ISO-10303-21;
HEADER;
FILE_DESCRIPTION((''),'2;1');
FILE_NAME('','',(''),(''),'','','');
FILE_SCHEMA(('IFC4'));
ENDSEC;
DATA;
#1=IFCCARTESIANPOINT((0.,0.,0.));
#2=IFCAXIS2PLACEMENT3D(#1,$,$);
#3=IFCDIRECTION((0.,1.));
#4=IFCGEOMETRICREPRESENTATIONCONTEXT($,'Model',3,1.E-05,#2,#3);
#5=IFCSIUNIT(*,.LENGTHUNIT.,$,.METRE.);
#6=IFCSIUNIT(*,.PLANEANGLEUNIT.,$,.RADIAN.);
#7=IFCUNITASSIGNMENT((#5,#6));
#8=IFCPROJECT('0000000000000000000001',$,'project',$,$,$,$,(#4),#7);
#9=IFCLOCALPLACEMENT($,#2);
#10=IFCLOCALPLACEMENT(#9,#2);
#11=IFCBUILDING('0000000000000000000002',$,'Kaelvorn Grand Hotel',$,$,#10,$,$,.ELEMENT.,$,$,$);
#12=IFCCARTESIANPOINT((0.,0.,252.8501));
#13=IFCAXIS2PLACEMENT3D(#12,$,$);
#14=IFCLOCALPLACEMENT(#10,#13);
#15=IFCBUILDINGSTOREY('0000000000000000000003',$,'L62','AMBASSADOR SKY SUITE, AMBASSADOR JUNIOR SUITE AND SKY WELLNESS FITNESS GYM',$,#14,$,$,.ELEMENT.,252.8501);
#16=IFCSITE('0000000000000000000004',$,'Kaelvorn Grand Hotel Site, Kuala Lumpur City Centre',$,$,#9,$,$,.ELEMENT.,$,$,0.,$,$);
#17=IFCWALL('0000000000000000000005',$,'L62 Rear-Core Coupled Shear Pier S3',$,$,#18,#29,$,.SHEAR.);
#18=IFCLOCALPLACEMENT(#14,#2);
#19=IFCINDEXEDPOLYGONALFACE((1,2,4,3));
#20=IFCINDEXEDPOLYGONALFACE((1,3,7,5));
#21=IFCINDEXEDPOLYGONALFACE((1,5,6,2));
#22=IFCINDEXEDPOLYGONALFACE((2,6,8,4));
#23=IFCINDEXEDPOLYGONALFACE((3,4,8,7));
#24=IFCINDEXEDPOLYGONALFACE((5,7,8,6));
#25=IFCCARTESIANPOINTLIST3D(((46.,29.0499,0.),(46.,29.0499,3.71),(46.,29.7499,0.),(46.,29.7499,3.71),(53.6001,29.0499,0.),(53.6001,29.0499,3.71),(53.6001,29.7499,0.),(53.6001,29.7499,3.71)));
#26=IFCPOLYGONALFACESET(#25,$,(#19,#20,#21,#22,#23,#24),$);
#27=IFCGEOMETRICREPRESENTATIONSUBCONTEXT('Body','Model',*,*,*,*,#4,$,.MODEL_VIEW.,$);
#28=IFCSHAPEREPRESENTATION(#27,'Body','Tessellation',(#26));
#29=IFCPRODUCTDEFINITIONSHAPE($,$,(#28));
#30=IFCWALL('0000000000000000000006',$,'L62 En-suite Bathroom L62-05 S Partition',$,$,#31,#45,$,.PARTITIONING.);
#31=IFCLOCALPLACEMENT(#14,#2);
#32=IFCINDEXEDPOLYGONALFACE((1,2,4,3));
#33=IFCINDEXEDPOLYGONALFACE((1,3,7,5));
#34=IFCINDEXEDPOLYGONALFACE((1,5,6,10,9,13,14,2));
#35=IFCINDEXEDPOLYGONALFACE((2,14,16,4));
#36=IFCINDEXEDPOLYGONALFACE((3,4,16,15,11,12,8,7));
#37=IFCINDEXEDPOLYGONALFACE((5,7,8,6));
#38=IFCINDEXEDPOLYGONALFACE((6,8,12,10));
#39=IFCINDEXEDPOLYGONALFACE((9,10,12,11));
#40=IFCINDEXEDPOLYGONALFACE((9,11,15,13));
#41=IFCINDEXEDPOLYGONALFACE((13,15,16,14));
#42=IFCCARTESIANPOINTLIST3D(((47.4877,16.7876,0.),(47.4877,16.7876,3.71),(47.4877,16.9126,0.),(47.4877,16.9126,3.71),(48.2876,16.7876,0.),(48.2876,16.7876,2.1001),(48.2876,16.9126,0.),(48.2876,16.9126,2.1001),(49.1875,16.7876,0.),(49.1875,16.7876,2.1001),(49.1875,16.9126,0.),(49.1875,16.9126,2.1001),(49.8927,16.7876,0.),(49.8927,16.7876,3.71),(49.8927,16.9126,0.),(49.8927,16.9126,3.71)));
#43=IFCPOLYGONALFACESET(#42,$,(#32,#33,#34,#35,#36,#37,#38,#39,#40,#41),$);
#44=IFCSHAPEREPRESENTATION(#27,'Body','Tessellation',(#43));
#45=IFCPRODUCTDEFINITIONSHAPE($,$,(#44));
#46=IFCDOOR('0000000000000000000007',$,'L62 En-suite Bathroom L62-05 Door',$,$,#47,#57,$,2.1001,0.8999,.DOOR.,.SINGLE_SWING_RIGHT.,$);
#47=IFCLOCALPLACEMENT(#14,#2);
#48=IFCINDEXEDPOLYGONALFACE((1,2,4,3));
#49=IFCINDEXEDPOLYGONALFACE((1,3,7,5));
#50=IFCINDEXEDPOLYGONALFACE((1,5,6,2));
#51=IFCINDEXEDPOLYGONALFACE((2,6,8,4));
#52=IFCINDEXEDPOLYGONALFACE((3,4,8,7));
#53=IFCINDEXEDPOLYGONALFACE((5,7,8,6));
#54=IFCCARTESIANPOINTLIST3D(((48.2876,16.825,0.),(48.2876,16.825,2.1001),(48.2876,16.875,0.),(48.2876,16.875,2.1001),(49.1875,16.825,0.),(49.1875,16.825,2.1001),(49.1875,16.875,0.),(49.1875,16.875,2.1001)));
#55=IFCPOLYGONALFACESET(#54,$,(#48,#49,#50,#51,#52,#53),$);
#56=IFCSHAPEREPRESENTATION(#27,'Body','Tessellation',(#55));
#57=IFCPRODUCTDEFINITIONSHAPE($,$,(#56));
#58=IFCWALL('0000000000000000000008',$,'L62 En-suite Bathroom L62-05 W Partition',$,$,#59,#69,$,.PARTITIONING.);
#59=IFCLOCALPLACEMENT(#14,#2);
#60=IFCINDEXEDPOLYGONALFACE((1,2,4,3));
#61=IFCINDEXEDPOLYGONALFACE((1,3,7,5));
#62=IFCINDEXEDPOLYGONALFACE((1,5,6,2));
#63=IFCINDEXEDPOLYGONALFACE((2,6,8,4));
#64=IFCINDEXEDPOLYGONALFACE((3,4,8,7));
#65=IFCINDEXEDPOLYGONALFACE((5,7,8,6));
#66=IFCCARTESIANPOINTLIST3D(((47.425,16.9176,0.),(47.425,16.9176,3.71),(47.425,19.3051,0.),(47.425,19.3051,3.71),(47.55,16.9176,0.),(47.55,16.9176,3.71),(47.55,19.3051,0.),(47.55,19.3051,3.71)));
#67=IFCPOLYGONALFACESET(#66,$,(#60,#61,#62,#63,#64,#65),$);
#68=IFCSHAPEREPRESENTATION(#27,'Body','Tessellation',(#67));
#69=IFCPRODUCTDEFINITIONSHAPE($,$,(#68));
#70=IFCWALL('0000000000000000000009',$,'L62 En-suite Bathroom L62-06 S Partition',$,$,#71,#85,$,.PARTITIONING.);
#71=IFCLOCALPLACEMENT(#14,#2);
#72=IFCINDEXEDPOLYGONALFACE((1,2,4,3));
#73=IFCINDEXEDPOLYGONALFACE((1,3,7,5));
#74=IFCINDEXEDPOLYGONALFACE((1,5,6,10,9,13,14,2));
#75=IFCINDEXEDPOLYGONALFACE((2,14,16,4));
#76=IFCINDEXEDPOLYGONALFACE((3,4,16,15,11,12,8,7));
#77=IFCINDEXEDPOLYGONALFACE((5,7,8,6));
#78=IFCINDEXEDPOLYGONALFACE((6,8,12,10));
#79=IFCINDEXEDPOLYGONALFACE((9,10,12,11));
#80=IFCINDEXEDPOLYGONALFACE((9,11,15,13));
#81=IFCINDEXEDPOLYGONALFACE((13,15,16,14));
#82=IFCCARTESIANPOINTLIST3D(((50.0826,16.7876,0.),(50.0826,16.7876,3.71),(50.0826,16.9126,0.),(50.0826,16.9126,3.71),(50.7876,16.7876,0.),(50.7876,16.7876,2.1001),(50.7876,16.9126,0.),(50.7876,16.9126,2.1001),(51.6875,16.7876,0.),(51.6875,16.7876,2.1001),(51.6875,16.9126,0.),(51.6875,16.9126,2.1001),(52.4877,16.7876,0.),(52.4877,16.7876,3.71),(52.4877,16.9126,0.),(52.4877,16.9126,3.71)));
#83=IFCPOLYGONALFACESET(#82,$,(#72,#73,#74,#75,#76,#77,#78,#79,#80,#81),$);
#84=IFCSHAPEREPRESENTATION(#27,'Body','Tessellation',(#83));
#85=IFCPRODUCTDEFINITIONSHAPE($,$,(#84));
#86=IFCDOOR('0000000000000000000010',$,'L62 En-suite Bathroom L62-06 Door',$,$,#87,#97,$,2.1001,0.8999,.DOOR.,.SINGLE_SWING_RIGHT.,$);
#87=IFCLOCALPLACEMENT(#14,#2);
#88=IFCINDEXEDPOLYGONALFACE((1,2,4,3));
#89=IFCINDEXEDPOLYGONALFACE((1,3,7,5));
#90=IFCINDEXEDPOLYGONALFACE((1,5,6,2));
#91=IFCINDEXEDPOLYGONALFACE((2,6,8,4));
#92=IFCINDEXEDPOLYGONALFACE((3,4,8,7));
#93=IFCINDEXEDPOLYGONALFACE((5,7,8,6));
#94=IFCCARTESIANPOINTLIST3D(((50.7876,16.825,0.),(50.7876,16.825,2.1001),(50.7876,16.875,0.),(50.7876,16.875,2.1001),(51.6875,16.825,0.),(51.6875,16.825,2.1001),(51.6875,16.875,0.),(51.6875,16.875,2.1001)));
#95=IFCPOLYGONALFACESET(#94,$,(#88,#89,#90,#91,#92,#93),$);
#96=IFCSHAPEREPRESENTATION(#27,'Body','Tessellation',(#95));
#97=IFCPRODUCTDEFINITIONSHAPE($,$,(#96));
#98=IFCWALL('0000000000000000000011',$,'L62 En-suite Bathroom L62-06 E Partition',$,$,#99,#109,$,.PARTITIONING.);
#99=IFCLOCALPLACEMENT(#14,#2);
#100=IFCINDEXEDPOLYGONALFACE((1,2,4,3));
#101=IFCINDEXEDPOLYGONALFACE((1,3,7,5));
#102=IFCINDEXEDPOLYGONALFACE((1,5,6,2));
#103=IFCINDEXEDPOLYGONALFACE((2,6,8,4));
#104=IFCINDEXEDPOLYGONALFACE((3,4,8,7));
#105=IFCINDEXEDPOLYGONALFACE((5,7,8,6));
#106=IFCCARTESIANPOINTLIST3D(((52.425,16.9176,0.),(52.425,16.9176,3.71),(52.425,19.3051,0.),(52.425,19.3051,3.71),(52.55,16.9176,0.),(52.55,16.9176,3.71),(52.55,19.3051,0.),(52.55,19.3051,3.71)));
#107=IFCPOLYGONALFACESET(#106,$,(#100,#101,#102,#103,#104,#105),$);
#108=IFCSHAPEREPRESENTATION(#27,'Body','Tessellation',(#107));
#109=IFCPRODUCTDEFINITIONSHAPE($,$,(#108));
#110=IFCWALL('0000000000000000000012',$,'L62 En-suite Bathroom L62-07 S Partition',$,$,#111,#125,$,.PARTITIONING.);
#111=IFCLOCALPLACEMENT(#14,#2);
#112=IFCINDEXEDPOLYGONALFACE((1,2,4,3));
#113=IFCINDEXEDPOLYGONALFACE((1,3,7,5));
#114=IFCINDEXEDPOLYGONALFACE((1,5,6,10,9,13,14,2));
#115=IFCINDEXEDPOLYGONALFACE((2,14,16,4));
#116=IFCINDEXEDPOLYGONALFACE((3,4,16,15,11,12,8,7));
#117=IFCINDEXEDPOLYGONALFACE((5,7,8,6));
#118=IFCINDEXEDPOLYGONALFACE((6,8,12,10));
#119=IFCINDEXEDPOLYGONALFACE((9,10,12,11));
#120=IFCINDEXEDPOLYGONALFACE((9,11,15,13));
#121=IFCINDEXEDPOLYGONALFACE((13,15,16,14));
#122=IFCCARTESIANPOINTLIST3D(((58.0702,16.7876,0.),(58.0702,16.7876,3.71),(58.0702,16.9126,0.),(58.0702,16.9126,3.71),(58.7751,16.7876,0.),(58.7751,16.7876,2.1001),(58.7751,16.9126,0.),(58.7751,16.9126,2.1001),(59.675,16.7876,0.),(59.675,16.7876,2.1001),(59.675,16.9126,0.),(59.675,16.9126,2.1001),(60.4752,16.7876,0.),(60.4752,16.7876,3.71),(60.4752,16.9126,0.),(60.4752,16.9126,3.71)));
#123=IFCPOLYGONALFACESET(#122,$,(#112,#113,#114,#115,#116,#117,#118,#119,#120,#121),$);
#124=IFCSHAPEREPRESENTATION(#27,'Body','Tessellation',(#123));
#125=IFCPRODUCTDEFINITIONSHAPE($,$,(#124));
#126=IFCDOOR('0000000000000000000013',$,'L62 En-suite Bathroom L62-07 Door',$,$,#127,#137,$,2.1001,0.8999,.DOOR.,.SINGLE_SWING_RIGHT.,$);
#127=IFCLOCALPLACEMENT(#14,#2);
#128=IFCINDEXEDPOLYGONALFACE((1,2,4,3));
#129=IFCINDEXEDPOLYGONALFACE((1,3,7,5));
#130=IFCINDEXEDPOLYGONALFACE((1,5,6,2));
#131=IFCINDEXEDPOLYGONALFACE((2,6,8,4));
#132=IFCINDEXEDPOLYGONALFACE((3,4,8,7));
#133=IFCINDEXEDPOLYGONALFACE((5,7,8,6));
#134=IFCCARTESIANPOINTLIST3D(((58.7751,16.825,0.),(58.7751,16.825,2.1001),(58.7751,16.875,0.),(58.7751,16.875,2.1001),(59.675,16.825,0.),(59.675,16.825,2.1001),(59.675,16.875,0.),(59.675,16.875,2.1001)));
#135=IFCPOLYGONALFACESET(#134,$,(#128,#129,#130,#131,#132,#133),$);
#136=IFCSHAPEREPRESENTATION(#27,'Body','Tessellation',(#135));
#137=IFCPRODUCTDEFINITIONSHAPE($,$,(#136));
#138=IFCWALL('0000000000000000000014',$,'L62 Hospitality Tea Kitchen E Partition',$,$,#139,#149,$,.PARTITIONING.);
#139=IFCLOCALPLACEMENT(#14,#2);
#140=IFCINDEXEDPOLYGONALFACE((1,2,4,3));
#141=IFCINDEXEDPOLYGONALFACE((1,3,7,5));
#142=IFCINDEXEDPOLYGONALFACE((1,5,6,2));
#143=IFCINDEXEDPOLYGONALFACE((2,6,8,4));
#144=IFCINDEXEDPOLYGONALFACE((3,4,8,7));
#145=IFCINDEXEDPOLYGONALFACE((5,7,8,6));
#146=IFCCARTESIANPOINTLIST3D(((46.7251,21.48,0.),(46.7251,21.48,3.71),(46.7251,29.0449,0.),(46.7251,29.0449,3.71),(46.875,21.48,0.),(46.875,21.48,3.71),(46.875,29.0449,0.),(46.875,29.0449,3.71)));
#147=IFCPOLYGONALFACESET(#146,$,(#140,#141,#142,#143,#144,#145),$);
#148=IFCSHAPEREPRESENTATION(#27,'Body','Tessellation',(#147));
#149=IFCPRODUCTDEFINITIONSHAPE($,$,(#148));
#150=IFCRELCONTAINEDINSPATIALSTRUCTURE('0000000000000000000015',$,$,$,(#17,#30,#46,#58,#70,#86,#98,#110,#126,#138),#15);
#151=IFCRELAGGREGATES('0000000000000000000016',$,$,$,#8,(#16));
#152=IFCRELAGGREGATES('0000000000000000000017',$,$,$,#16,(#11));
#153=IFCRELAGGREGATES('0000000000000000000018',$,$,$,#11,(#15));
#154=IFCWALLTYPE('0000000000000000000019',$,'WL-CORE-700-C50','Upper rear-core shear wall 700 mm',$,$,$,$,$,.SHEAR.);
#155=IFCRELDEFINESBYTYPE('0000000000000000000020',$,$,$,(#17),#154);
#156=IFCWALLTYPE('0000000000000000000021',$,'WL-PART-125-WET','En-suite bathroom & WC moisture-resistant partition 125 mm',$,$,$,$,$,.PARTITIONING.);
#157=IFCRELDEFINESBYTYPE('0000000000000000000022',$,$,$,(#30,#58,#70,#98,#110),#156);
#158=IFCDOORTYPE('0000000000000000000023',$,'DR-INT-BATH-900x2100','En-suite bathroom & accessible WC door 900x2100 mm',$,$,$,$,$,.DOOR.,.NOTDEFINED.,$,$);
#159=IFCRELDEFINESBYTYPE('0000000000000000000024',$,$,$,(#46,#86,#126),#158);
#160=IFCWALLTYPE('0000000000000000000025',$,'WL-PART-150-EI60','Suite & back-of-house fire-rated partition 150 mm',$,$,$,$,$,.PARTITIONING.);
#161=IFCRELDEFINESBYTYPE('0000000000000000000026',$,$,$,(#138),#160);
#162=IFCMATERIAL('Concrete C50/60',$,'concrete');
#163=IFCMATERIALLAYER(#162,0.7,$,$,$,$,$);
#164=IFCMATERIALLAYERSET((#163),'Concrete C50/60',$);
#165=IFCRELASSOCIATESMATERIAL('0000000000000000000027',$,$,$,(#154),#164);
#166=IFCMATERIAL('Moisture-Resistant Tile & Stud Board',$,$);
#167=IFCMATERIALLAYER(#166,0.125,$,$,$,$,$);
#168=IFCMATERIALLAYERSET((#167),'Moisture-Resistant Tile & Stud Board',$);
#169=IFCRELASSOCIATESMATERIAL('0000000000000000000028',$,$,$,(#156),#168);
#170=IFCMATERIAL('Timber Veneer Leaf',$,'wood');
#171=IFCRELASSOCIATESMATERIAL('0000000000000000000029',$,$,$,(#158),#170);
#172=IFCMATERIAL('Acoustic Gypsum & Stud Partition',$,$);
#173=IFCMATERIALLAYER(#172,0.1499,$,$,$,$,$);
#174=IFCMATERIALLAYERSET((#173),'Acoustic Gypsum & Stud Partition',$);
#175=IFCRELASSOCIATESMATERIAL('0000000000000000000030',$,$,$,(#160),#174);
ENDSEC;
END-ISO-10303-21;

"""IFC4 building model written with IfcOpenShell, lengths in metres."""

from ifc_helpers import new_model, si_unit, direction, frame, frame_2d, origin, place, context, subcontext, project, spatial, rectangle, extrude, material, layer, layer_set, type_object, element, fill, save


model = new_model("IFC4")

# Units and contexts
model_context = context("Model", 3, precision=1e-05, world=origin(), true_north=direction((0.0, 1.0)))
body_context = subcontext(model_context, "Body", "Model", "MODEL_VIEW")
ifc_project = project(units=[si_unit("LENGTHUNIT", "METRE"), si_unit("PLANEANGLEUNIT", "RADIAN")], contexts=[model_context])

# Site, building, storey
site_placement = place(None, origin())
site = spatial("IfcSite", under=ifc_project, at=site_placement, Name="Kaelvorn Grand Hotel Site, Kuala Lumpur City Centre", CompositionType="ELEMENT", RefElevation=0.0)
building_placement = place(site_placement, origin())
building = spatial("IfcBuilding", under=site, at=building_placement, Name="Kaelvorn Grand Hotel", CompositionType="ELEMENT")
storey_placement = place(building_placement, frame((0.0, 0.0, 252.8501)))
storey = spatial("IfcBuildingStorey", under=building, at=storey_placement, Name="L62", Description="AMBASSADOR SKY SUITE, AMBASSADOR JUNIOR SUITE AND SKY WELLNESS FITNESS GYM", CompositionType="ELEMENT", Elevation=252.8501)

# Shared definitions
ifc_material_1 = material(Name="Concrete C50/60", Category="concrete")

# Wall
ifc_layer_1 = layer(ifc_material_1, 0.7)
ifc_layer_set_1 = layer_set([ifc_layer_1], Name="Concrete C50/60")
wall_type_1 = type_object("IfcWallType", Name="WL-CORE-700-C50", Description="Upper rear-core shear wall 700 mm", PredefinedType="SHEAR", material=ifc_layer_set_1)
wall_1_placement = place(storey_placement, frame((46.0, 29.3999, 0.0), z_axis=(0.0, 0.0, 1.0), x_axis=(1.0, 0.0, 0.0)))
element("IfcWall", 1, at=wall_1_placement, inside=storey, type_object=wall_type_1, Name="L62 Rear-Core Coupled Shear Pier S3", PredefinedType="SHEAR", context=body_context, shape_type="SweptSolid", body=[
    extrude(rectangle(XDim=7.6001, YDim=0.7, at=frame_2d((3.8, 0.0))), origin(), (0.0, 0.0, 1.0), 3.71),
])

# Wall, opening, door
ifc_material_2 = material(Name="Moisture-Resistant Tile & Stud Board")
ifc_layer_2 = layer(ifc_material_2, 0.125)
ifc_layer_set_2 = layer_set([ifc_layer_2], Name="Moisture-Resistant Tile & Stud Board")
wall_type_2 = type_object("IfcWallType", Name="WL-PART-125-WET", Description="En-suite bathroom & WC moisture-resistant partition 125 mm", PredefinedType="PARTITIONING", material=ifc_layer_set_2)
wall_2_placement = place(storey_placement, frame((47.4875, 16.8501, 0.0), z_axis=(0.0, 0.0, 1.0), x_axis=(1.0, 0.0, 0.0)))
wall_2 = element("IfcWall", 2, at=wall_2_placement, inside=storey, type_object=wall_type_2, Name="L62 En-suite Bathroom L62-05 S Partition", PredefinedType="PARTITIONING", context=body_context, shape_type="SweptSolid", body=[
    extrude(rectangle(XDim=2.405, YDim=0.125, at=frame_2d((1.2026, 0.0))), origin(), (0.0, 0.0, 1.0), 3.71),
])
opening_1_placement = place(wall_2_placement, frame((0.8, 0.0, 0.0)))
opening_1 = element("IfcOpeningElement", 3, at=opening_1_placement, cuts=wall_2, PredefinedType="OPENING", context=body_context, shape_type="SweptSolid", body=[
    extrude(rectangle(XDim=0.8999, YDim=2.1001, at=frame_2d((0.45, 1.05))), frame((0.0, 0.0725, 0.0), z_axis=(0.0, -1.0, 0.0), x_axis=(1.0, 0.0, 0.0)), (0.0, 0.0, 1.0), 0.145),
])
ifc_material_3 = material(Name="Timber Veneer Leaf", Category="wood")
door_type_1 = type_object("IfcDoorType", Name="DR-INT-BATH-900x2100", Description="En-suite bathroom & accessible WC door 900x2100 mm", OperationType="NOTDEFINED", PredefinedType="DOOR", material=ifc_material_3)
door_1_placement = place(opening_1_placement, origin())
door_1 = element("IfcDoor", 4, at=door_1_placement, inside=storey, type_object=door_type_1, Name="L62 En-suite Bathroom L62-05 Door", OperationType="SINGLE_SWING_RIGHT", OverallHeight=2.1001, OverallWidth=0.8999, PredefinedType="DOOR", context=body_context, shape_type="SweptSolid", body=[
    extrude(rectangle(XDim=0.8999, YDim=2.1001, at=frame_2d((0.45, 1.05))), frame((0.0, 0.0249, 0.0), z_axis=(0.0, -1.0, 0.0), x_axis=(1.0, 0.0, 0.0)), (0.0, 0.0, 1.0), 0.05),
])
fill(opening_1, door_1)

# Wall
wall_3_placement = place(storey_placement, frame((47.4875, 16.9175, 0.0), z_axis=(0.0, 0.0, 1.0), x_axis=(0.0, 1.0, 0.0)))
element("IfcWall", 5, at=wall_3_placement, inside=storey, type_object=wall_type_2, Name="L62 En-suite Bathroom L62-05 W Partition", PredefinedType="PARTITIONING", context=body_context, shape_type="SweptSolid", body=[
    extrude(rectangle(XDim=2.3875, YDim=0.125, at=frame_2d((1.1938, 0.0))), origin(), (0.0, 0.0, 1.0), 3.71),
])

# Wall, opening, door
wall_4_placement = place(storey_placement, frame((50.0825, 16.8501, 0.0), z_axis=(0.0, 0.0, 1.0), x_axis=(1.0, 0.0, 0.0)))
wall_4 = element("IfcWall", 6, at=wall_4_placement, inside=storey, type_object=wall_type_2, Name="L62 En-suite Bathroom L62-06 S Partition", PredefinedType="PARTITIONING", context=body_context, shape_type="SweptSolid", body=[
    extrude(rectangle(XDim=2.405, YDim=0.125, at=frame_2d((1.2026, 0.0))), origin(), (0.0, 0.0, 1.0), 3.71),
])
opening_2_placement = place(wall_4_placement, frame((0.7051, 0.0, 0.0)))
opening_2 = element("IfcOpeningElement", 7, at=opening_2_placement, cuts=wall_4, PredefinedType="OPENING", context=body_context, shape_type="SweptSolid", body=[
    extrude(rectangle(XDim=0.8999, YDim=2.1001, at=frame_2d((0.45, 1.05))), frame((0.0, 0.0725, 0.0), z_axis=(0.0, -1.0, 0.0), x_axis=(1.0, 0.0, 0.0)), (0.0, 0.0, 1.0), 0.145),
])
door_2_placement = place(opening_2_placement, origin())
door_2 = element("IfcDoor", 8, at=door_2_placement, inside=storey, type_object=door_type_1, Name="L62 En-suite Bathroom L62-06 Door", OperationType="SINGLE_SWING_RIGHT", OverallHeight=2.1001, OverallWidth=0.8999, PredefinedType="DOOR", context=body_context, shape_type="SweptSolid", body=[
    extrude(rectangle(XDim=0.8999, YDim=2.1001, at=frame_2d((0.45, 1.05))), frame((0.0, 0.0249, 0.0), z_axis=(0.0, -1.0, 0.0), x_axis=(1.0, 0.0, 0.0)), (0.0, 0.0, 1.0), 0.05),
])
fill(opening_2, door_2)

# Wall
wall_5_placement = place(storey_placement, frame((52.4875, 16.9175, 0.0), z_axis=(0.0, 0.0, 1.0), x_axis=(0.0, 1.0, 0.0)))
element("IfcWall", 9, at=wall_5_placement, inside=storey, type_object=wall_type_2, Name="L62 En-suite Bathroom L62-06 E Partition", PredefinedType="PARTITIONING", context=body_context, shape_type="SweptSolid", body=[
    extrude(rectangle(XDim=2.3875, YDim=0.125, at=frame_2d((1.1938, 0.0))), origin(), (0.0, 0.0, 1.0), 3.71),
])

# Wall, opening, door
wall_6_placement = place(storey_placement, frame((58.0701, 16.8501, 0.0), z_axis=(0.0, 0.0, 1.0), x_axis=(1.0, 0.0, 0.0)))
wall_6 = element("IfcWall", 10, at=wall_6_placement, inside=storey, type_object=wall_type_2, Name="L62 En-suite Bathroom L62-07 S Partition", PredefinedType="PARTITIONING", context=body_context, shape_type="SweptSolid", body=[
    extrude(rectangle(XDim=2.405, YDim=0.125, at=frame_2d((1.2026, 0.0))), origin(), (0.0, 0.0, 1.0), 3.71),
])
opening_3_placement = place(wall_6_placement, frame((0.7051, 0.0, 0.0)))
opening_3 = element("IfcOpeningElement", 11, at=opening_3_placement, cuts=wall_6, PredefinedType="OPENING", context=body_context, shape_type="SweptSolid", body=[
    extrude(rectangle(XDim=0.8999, YDim=2.1001, at=frame_2d((0.45, 1.05))), frame((0.0, 0.0725, 0.0), z_axis=(0.0, -1.0, 0.0), x_axis=(1.0, 0.0, 0.0)), (0.0, 0.0, 1.0), 0.145),
])
door_3_placement = place(opening_3_placement, origin())
door_3 = element("IfcDoor", 12, at=door_3_placement, inside=storey, type_object=door_type_1, Name="L62 En-suite Bathroom L62-07 Door", OperationType="SINGLE_SWING_RIGHT", OverallHeight=2.1001, OverallWidth=0.8999, PredefinedType="DOOR", context=body_context, shape_type="SweptSolid", body=[
    extrude(rectangle(XDim=0.8999, YDim=2.1001, at=frame_2d((0.45, 1.05))), frame((0.0, 0.0249, 0.0), z_axis=(0.0, -1.0, 0.0), x_axis=(1.0, 0.0, 0.0)), (0.0, 0.0, 1.0), 0.05),
])
fill(opening_3, door_3)

# Wall
ifc_material_4 = material(Name="Acoustic Gypsum & Stud Partition")
ifc_layer_3 = layer(ifc_material_4, 0.1499)
ifc_layer_set_3 = layer_set([ifc_layer_3], Name="Acoustic Gypsum & Stud Partition")
wall_type_3 = type_object("IfcWallType", Name="WL-PART-150-EI60", Description="Suite & back-of-house fire-rated partition 150 mm", PredefinedType="PARTITIONING", material=ifc_layer_set_3)
wall_7_placement = place(storey_placement, frame((46.8, 21.48, 0.0), z_axis=(0.0, 0.0, 1.0), x_axis=(0.0, 1.0, 0.0)))
element("IfcWall", 13, at=wall_7_placement, inside=storey, type_object=wall_type_3, Name="L62 Hospitality Tea Kitchen E Partition", PredefinedType="PARTITIONING", context=body_context, shape_type="SweptSolid", body=[
    extrude(rectangle(XDim=7.5649, YDim=0.1499, at=frame_2d((3.7825, 0.0))), origin(), (0.0, 0.0, 1.0), 3.71),
])

save(model, "model.ifc")
